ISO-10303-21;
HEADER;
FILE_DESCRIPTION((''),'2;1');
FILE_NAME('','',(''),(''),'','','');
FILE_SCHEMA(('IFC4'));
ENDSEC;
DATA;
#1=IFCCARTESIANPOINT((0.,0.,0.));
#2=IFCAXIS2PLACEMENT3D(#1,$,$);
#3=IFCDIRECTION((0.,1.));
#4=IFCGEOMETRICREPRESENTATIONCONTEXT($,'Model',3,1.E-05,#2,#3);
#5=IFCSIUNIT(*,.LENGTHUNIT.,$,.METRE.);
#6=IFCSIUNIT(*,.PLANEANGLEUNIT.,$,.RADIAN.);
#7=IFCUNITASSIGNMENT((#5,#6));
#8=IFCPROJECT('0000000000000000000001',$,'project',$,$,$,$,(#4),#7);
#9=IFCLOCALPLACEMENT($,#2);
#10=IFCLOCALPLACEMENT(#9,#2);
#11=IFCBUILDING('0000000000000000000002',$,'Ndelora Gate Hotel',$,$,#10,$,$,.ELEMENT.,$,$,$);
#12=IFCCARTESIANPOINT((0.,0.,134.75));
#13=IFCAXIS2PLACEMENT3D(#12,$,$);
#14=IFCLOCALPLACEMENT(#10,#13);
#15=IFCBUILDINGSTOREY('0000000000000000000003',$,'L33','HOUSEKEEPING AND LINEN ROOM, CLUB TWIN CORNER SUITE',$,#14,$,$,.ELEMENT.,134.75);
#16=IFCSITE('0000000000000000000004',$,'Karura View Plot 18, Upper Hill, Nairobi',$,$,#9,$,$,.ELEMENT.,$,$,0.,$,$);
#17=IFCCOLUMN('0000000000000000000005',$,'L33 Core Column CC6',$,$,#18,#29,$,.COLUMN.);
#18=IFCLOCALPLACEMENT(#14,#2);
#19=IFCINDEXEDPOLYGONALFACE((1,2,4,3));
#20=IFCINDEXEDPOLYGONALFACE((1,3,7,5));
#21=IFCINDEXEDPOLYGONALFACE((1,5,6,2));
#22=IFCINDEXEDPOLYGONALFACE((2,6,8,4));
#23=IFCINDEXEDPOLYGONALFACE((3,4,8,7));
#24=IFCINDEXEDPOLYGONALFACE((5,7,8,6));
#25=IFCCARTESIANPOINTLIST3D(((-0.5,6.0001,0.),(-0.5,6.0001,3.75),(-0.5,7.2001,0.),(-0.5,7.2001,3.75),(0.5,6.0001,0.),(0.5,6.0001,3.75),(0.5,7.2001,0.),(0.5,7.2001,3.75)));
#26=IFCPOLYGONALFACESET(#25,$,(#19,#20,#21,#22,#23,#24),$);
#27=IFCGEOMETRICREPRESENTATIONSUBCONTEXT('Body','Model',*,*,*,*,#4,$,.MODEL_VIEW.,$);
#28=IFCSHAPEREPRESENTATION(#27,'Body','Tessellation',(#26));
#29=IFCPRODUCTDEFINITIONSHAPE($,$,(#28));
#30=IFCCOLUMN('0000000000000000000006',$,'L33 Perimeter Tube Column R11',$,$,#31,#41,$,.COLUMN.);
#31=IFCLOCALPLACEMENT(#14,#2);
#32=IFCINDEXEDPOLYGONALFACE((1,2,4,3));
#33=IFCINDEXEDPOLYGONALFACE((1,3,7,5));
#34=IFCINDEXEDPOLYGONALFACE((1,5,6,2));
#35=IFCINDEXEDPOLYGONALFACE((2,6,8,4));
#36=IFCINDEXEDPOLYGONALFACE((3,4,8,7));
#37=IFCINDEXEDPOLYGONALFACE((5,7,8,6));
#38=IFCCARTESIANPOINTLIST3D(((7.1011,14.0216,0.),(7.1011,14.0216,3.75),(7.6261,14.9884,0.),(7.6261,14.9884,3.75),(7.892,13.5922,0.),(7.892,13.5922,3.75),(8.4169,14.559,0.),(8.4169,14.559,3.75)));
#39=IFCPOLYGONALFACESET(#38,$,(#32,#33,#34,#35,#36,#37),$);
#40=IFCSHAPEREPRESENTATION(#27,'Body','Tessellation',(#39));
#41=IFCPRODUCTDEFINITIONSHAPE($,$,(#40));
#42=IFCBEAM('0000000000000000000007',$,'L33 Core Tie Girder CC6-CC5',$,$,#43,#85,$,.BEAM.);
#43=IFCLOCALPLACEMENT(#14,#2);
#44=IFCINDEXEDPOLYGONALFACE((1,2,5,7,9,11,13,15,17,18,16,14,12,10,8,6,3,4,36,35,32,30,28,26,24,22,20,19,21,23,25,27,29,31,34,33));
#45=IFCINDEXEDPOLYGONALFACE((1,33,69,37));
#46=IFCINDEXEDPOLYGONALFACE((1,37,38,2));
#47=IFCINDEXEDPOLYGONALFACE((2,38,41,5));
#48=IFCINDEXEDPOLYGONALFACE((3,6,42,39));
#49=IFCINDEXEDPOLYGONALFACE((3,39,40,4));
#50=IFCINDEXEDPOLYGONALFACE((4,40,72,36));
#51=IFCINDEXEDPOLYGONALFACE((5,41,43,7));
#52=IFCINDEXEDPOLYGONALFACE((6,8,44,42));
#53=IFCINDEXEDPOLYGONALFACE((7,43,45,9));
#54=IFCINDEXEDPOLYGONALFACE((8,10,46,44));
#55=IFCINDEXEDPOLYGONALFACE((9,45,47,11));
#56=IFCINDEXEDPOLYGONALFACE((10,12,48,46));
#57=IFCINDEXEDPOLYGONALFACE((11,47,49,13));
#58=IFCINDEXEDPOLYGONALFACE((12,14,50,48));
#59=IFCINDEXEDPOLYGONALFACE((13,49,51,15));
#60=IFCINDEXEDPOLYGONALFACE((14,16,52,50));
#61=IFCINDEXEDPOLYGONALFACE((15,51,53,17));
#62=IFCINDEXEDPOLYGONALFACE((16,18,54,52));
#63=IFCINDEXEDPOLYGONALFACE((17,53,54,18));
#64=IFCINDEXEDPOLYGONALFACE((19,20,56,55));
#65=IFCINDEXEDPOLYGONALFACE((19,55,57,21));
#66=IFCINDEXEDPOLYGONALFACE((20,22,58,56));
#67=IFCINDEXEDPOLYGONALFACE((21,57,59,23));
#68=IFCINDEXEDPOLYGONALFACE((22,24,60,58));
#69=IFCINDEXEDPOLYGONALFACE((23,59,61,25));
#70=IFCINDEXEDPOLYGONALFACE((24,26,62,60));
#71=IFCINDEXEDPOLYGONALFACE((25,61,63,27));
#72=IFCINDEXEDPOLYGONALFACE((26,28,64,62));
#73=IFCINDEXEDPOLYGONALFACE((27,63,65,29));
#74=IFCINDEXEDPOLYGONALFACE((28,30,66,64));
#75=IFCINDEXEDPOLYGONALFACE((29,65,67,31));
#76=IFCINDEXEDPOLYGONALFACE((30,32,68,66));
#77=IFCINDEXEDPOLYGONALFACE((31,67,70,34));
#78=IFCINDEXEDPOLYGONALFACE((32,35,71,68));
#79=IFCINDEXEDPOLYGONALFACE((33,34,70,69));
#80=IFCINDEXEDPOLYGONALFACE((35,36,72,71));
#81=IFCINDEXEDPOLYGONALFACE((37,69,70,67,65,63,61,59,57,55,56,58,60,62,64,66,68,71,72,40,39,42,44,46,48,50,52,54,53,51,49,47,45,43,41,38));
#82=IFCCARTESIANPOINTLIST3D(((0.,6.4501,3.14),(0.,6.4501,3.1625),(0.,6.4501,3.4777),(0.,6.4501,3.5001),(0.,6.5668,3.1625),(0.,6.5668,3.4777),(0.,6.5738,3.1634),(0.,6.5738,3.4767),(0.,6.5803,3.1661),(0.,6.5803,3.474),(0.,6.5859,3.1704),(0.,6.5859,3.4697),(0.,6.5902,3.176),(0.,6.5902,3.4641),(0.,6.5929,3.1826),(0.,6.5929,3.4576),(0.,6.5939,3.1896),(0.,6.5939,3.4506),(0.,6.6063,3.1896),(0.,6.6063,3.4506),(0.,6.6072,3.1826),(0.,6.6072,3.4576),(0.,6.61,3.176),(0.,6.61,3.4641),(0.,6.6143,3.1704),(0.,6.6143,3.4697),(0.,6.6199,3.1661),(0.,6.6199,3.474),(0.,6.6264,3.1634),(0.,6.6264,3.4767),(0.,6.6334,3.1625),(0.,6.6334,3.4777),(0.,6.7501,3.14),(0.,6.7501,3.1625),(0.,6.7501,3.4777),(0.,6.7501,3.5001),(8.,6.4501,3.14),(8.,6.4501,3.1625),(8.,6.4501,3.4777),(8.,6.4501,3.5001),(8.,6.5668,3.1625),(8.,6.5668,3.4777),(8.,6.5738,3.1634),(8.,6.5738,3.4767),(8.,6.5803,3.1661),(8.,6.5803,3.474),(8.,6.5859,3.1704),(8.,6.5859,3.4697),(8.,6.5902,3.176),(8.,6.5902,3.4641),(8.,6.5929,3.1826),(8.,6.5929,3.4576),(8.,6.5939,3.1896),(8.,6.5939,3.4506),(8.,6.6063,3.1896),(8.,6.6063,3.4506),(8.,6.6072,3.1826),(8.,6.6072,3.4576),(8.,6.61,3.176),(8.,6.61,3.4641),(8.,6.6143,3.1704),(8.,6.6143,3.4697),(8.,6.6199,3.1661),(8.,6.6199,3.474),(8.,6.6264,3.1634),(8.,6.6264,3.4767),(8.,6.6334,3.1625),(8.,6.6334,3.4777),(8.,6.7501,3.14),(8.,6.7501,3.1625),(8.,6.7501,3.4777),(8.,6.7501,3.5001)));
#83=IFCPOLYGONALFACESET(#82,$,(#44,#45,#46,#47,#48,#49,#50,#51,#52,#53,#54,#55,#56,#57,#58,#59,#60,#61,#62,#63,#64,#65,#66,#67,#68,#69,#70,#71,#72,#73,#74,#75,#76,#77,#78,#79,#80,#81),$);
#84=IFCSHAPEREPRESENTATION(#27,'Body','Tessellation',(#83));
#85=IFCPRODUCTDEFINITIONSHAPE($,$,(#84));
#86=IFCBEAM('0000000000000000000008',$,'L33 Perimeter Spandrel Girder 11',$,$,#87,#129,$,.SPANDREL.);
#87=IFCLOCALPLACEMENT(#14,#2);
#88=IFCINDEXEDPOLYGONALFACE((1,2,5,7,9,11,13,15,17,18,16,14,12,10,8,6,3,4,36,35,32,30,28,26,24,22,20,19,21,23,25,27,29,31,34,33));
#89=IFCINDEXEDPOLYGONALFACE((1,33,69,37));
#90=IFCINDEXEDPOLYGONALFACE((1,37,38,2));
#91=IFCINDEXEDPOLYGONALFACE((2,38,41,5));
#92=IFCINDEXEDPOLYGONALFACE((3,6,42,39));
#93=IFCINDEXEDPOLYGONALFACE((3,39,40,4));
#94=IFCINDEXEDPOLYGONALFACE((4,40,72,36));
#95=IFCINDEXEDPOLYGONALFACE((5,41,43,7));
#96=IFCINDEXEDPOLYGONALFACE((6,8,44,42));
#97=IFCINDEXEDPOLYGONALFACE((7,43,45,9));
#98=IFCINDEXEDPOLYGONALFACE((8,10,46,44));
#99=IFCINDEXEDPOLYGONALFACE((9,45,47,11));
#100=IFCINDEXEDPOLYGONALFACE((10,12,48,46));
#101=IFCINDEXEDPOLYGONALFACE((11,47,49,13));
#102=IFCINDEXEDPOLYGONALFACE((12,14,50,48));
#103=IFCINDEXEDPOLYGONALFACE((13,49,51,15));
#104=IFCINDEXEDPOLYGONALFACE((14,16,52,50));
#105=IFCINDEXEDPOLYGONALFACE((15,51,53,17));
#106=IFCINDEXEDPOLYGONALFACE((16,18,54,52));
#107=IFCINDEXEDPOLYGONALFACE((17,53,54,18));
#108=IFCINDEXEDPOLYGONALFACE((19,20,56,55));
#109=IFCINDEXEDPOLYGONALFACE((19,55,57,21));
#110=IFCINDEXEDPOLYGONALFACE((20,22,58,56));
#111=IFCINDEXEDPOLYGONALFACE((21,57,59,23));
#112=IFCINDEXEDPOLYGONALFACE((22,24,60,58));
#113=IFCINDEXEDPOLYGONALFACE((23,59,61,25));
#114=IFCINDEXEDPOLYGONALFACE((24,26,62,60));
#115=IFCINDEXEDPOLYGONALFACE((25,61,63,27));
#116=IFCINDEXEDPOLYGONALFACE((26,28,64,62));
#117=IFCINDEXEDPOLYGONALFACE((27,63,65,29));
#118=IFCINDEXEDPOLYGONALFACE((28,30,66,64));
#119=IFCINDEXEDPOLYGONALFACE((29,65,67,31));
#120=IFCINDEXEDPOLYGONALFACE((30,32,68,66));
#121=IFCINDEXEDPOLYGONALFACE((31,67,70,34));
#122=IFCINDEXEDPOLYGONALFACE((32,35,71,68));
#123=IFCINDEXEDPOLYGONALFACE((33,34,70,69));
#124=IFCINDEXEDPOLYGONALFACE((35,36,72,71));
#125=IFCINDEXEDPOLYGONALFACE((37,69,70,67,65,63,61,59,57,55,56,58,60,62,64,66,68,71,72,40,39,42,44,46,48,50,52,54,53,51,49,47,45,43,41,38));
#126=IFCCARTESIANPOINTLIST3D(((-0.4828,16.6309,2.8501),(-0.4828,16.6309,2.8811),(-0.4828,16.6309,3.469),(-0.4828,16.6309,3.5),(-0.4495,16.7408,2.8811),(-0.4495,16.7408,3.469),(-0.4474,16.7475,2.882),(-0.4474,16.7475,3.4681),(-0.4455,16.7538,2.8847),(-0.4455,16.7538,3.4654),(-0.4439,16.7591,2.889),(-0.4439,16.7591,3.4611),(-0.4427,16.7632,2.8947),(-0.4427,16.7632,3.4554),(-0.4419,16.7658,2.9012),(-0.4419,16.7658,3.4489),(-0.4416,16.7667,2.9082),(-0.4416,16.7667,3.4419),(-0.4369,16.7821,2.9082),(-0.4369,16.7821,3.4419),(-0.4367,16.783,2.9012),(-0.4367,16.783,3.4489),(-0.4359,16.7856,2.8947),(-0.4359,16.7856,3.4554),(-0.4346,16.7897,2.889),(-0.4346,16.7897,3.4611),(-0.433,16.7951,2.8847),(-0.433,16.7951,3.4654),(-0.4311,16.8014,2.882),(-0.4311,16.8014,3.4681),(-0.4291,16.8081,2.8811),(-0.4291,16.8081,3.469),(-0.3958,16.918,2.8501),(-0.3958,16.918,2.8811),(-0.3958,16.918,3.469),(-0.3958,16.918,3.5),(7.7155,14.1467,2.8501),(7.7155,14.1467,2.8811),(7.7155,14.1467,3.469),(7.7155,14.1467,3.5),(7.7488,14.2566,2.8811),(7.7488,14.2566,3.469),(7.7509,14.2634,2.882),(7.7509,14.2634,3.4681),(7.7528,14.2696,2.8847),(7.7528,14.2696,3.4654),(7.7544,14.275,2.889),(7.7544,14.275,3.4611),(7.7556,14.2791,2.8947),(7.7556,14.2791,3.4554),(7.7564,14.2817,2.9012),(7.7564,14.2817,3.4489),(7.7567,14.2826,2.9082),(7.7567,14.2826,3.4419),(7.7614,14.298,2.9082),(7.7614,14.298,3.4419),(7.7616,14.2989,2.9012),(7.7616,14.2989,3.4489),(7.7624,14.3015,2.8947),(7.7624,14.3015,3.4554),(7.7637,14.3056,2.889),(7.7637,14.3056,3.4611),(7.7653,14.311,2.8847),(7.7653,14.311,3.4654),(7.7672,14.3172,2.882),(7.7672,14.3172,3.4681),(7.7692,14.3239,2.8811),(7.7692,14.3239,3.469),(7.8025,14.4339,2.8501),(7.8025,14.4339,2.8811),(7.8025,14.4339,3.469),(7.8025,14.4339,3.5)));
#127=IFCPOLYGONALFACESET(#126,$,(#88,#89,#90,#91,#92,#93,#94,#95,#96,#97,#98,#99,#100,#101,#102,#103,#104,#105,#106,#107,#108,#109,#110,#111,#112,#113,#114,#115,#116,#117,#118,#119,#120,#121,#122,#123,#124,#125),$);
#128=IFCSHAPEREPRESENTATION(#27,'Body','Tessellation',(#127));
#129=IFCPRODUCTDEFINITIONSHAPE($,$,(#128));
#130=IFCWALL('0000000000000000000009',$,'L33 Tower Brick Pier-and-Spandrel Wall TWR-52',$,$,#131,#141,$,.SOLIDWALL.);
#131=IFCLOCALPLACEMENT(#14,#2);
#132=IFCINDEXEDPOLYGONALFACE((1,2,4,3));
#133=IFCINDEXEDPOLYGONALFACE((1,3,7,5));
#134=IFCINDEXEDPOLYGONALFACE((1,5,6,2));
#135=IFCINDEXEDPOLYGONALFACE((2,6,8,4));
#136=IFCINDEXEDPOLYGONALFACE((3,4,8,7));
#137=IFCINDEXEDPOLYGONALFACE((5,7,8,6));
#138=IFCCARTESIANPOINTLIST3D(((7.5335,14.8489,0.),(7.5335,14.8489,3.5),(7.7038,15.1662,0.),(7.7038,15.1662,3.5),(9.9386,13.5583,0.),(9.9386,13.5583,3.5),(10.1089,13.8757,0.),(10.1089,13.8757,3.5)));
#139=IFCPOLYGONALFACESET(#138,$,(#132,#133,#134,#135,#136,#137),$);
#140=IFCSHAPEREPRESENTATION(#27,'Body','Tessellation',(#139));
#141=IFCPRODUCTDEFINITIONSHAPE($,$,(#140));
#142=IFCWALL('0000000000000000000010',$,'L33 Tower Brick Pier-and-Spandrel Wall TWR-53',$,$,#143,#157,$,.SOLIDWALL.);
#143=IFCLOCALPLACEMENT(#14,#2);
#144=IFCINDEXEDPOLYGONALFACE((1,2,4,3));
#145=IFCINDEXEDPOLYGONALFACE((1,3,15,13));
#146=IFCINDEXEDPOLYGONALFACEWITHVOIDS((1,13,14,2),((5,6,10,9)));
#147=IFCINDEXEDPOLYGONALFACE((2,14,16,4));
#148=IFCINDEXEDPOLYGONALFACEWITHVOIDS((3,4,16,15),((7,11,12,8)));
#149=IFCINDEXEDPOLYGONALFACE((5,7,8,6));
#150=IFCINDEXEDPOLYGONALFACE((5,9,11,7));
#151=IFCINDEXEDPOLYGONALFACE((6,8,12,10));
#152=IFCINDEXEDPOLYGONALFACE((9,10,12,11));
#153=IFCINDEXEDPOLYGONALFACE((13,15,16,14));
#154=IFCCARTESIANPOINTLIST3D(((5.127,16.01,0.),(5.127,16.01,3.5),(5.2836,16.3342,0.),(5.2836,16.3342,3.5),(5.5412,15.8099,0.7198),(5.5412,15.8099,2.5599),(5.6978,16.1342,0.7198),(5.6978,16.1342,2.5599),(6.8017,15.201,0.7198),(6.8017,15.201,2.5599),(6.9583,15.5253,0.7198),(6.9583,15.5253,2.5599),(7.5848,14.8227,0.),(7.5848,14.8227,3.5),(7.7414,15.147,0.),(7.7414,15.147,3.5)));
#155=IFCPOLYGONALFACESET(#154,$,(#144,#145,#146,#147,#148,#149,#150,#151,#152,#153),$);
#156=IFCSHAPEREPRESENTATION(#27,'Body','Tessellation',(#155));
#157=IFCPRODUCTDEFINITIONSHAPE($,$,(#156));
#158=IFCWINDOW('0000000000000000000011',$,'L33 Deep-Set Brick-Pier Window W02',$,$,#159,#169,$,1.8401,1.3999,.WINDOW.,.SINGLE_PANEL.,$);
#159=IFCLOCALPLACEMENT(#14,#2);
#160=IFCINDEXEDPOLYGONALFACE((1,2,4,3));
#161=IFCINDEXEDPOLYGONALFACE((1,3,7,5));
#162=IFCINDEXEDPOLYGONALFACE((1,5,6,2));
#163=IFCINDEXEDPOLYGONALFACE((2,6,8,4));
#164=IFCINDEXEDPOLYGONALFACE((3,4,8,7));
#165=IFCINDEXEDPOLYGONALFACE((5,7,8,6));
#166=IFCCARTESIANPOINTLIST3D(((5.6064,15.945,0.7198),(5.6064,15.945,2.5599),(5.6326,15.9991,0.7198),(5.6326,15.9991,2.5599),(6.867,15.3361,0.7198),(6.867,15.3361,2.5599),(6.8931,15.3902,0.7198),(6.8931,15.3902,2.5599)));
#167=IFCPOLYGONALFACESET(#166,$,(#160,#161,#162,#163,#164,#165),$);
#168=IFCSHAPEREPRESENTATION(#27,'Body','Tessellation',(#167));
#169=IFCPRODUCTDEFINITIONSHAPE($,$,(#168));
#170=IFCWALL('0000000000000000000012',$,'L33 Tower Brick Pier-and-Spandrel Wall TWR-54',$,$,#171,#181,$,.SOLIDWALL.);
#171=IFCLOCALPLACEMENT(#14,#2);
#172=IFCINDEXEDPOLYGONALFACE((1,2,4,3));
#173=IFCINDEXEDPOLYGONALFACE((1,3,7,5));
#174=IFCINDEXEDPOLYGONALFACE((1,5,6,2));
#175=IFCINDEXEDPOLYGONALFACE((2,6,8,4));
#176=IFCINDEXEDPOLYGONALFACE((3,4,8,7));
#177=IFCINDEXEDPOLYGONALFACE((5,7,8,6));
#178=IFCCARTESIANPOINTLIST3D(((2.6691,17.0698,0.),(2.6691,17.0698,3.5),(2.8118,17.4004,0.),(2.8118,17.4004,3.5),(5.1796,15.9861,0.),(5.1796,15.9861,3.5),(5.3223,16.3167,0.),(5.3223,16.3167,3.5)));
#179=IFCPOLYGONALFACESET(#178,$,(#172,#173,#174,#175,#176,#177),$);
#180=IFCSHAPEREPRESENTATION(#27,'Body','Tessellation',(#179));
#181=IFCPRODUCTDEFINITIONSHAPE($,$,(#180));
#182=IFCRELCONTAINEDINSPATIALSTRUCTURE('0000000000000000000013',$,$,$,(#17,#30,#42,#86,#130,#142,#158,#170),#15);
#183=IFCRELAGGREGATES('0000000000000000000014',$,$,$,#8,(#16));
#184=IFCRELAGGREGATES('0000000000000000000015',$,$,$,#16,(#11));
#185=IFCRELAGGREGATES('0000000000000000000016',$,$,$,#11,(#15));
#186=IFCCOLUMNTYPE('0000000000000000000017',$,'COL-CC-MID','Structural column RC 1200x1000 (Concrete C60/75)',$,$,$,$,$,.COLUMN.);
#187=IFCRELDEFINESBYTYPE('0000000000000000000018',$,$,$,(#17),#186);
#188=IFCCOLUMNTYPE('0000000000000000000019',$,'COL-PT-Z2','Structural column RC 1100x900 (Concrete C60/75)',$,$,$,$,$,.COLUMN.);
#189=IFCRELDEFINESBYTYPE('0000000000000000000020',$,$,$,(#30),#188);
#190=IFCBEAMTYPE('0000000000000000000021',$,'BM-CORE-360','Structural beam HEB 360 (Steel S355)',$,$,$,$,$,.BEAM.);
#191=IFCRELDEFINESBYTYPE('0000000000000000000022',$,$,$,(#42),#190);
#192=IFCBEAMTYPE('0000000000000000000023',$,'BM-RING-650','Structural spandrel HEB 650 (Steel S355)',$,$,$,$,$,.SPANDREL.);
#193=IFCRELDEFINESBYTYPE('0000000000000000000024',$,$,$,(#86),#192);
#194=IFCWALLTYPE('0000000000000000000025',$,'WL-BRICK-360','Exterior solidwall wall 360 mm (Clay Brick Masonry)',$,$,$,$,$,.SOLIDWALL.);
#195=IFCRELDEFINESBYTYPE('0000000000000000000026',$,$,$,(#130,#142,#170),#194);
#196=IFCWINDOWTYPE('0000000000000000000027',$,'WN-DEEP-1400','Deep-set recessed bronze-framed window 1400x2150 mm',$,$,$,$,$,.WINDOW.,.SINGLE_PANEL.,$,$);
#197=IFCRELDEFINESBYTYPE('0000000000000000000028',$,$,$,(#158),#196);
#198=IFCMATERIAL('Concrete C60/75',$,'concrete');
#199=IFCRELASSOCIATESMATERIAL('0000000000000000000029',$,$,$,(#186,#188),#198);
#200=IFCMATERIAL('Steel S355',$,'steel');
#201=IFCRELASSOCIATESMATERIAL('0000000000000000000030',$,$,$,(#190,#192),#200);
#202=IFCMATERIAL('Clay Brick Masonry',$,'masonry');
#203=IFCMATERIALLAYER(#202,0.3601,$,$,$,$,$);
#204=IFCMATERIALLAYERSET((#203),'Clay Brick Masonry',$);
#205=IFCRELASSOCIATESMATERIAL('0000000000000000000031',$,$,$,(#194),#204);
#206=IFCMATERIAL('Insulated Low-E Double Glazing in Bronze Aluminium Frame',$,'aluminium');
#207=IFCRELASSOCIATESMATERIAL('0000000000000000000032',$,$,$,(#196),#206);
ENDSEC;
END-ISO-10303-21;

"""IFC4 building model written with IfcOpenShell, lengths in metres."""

from ifc_helpers import new_model, si_unit, direction, frame, frame_2d, origin, origin_2d, place, context, subcontext, project, spatial, rectangle, i_section, extrude, material, layer, layer_set, material_profile, profile_set, type_object, element, fill, save


model = new_model("IFC4")

# Units and contexts
model_context = context("Model", 3, precision=1e-05, world=origin(), true_north=direction((0.0, 1.0)))
body_context = subcontext(model_context, "Body", "Model", "MODEL_VIEW")
ifc_project = project(units=[si_unit("LENGTHUNIT", "METRE"), si_unit("PLANEANGLEUNIT", "RADIAN")], contexts=[model_context])

# Site, building, storey
site_placement = place(None, origin())
site = spatial("IfcSite", under=ifc_project, at=site_placement, Name="Karura View Plot 18, Upper Hill, Nairobi", CompositionType="ELEMENT", RefElevation=0.0)
building_placement = place(site_placement, origin())
building = spatial("IfcBuilding", under=site, at=building_placement, Name="Ndelora Gate Hotel", CompositionType="ELEMENT")
storey_placement = place(building_placement, frame((0.0, 0.0, 134.75)))
storey = spatial("IfcBuildingStorey", under=building, at=storey_placement, Name="L33", Description="HOUSEKEEPING AND LINEN ROOM, CLUB TWIN CORNER SUITE", CompositionType="ELEMENT", Elevation=134.75)

# Columns
ifc_material_1 = material(Name="Concrete C60/75", Category="concrete")
ifc_material_profile_1 = material_profile(ifc_material_1, rectangle(XDim=1.0, YDim=1.2, at=origin_2d()), Name="RC 1200x1000")
ifc_profile_set_1 = profile_set([ifc_material_profile_1], Name="Concrete C60/75")
column_type_1 = type_object("IfcColumnType", Name="COL-CC-MID", Description="Structural column RC 1200x1000 (Concrete C60/75)", PredefinedType="COLUMN", material=ifc_profile_set_1)
column_1_placement = place(storey_placement, frame((0.0, 6.6001, 0.0), z_axis=(0.0, 0.0, 1.0), x_axis=(1.0, 0.0, 0.0)))
element("IfcColumn", 1, at=column_1_placement, inside=storey, type_object=column_type_1, Name="L33 Core Column CC6", PredefinedType="COLUMN", context=body_context, shape_type="SweptSolid", body=[
    extrude(rectangle(XDim=1.0, YDim=1.2, at=origin_2d()), origin(), (0.0, 0.0, 1.0), 3.75),
])
ifc_material_profile_2 = material_profile(ifc_material_1, rectangle(XDim=0.8999, YDim=1.1001, at=origin_2d()), Name="RC 1100x900")
ifc_profile_set_2 = profile_set([ifc_material_profile_2], Name="Concrete C60/75")
column_type_2 = type_object("IfcColumnType", Name="COL-PT-Z2", Description="Structural column RC 1100x900 (Concrete C60/75)", PredefinedType="COLUMN", material=ifc_profile_set_2)
column_2_placement = place(storey_placement, frame((7.759, 14.2903, 0.0), z_axis=(0.0, 0.0, 1.0), x_axis=(-0.878817, 0.477159, 0.0)))
element("IfcColumn", 2, at=column_2_placement, inside=storey, type_object=column_type_2, Name="L33 Perimeter Tube Column R11", PredefinedType="COLUMN", context=body_context, shape_type="SweptSolid", body=[
    extrude(rectangle(XDim=0.8999, YDim=1.1001, at=origin_2d()), origin(), (0.0, 0.0, 1.0), 3.75),
])

# Beams
ifc_material_2 = material(Name="Steel S355", Category="steel")
ifc_material_profile_3 = material_profile(ifc_material_2, i_section(OverallWidth=0.3, OverallDepth=0.3601, WebThickness=0.0125, FlangeThickness=0.0225, FilletRadius=0.0271, at=origin_2d()), Name="HEB 360")
ifc_profile_set_3 = profile_set([ifc_material_profile_3], Name="Steel S355")
beam_type_1 = type_object("IfcBeamType", Name="BM-CORE-360", Description="Structural beam HEB 360 (Steel S355)", PredefinedType="BEAM", material=ifc_profile_set_3)
beam_1_placement = place(storey_placement, frame((0.0, 6.6001, 3.3201), z_axis=(1.0, 0.0, 0.0), x_axis=(0.0, 1.0, 0.0)))
element("IfcBeam", 3, at=beam_1_placement, inside=storey, type_object=beam_type_1, Name="L33 Core Tie Girder CC6-CC5", PredefinedType="BEAM", context=body_context, shape_type="SweptSolid", body=[
    extrude(i_section(OverallWidth=0.3, OverallDepth=0.3601, WebThickness=0.0125, FlangeThickness=0.0225, FilletRadius=0.0271, at=origin_2d()), origin(), (0.0, 0.0, 1.0), 8.0),
])
ifc_material_profile_4 = material_profile(ifc_material_2, i_section(OverallWidth=0.3, OverallDepth=0.6499, WebThickness=0.0161, FlangeThickness=0.031, FilletRadius=0.0271, at=origin_2d()), Name="HEB 650")
ifc_profile_set_4 = profile_set([ifc_material_profile_4], Name="Steel S355")
beam_type_2 = type_object("IfcBeamType", Name="BM-RING-650", Description="Structural spandrel HEB 650 (Steel S355)", PredefinedType="SPANDREL", material=ifc_profile_set_4)
beam_2_placement = place(storey_placement, frame((7.759, 14.2903, 3.175), z_axis=(-0.95703, 0.289988, 0.0), x_axis=(-0.289988, -0.95703, 0.0)))
element("IfcBeam", 4, at=beam_2_placement, inside=storey, type_object=beam_type_2, Name="L33 Perimeter Spandrel Girder 11", PredefinedType="SPANDREL", context=body_context, shape_type="SweptSolid", body=[
    extrude(i_section(OverallWidth=0.3, OverallDepth=0.6499, WebThickness=0.0161, FlangeThickness=0.031, FilletRadius=0.0271, at=origin_2d()), origin(), (0.0, 0.0, 1.0), 8.5664),
])

# Wall
ifc_material_3 = material(Name="Clay Brick Masonry", Category="masonry")
ifc_layer_1 = layer(ifc_material_3, 0.3601)
ifc_layer_set_1 = layer_set([ifc_layer_1], Name="Clay Brick Masonry")
wall_type_1 = type_object("IfcWallType", Name="WL-BRICK-360", Description="Exterior solidwall wall 360 mm (Clay Brick Masonry)", PredefinedType="SOLIDWALL", material=ifc_layer_set_1)
wall_1_placement = place(storey_placement, frame((7.6187, 15.0076, 0.0), z_axis=(0.0, 0.0, 1.0), x_axis=(0.881157, -0.472824, 0.0)))
element("IfcWall", 5, at=wall_1_placement, inside=storey, type_object=wall_type_1, Name="L33 Tower Brick Pier-and-Spandrel Wall TWR-52", PredefinedType="SOLIDWALL", context=body_context, shape_type="SweptSolid", body=[
    extrude(rectangle(XDim=2.7295, YDim=0.3601, at=frame_2d((1.3647, 0.0))), origin(), (0.0, 0.0, 1.0), 3.5),
])

# Wall, opening, window
wall_2_placement = place(storey_placement, frame((5.2053, 16.1721, 0.0), z_axis=(0.0, 0.0, 1.0), x_axis=(0.900444, -0.434972, 0.0)))
wall_2 = element("IfcWall", 6, at=wall_2_placement, inside=storey, type_object=wall_type_1, Name="L33 Tower Brick Pier-and-Spandrel Wall TWR-53", PredefinedType="SOLIDWALL", context=body_context, shape_type="SweptSolid", body=[
    extrude(rectangle(XDim=2.7295, YDim=0.3601, at=frame_2d((1.3647, 0.0))), origin(), (0.0, 0.0, 1.0), 3.5),
])
opening_1_placement = place(wall_2_placement, frame((0.46, 0.0, 0.72)))
opening_1 = element("IfcOpeningElement", 7, at=opening_1_placement, cuts=wall_2, PredefinedType="OPENING", context=body_context, shape_type="SweptSolid", body=[
    extrude(rectangle(XDim=1.3999, YDim=1.8401, at=frame_2d((0.7, 0.9199))), frame((0.0, 0.1899, 0.0), z_axis=(0.0, -1.0, 0.0), x_axis=(1.0, 0.0, 0.0)), (0.0, 0.0, 1.0), 0.3801),
])
ifc_material_4 = material(Name="Insulated Low-E Double Glazing in Bronze Aluminium Frame", Category="aluminium")
window_type = type_object("IfcWindowType", Name="WN-DEEP-1400", Description="Deep-set recessed bronze-framed window 1400x2150 mm", PartitioningType="SINGLE_PANEL", PredefinedType="WINDOW", material=ifc_material_4)
window_1_placement = place(opening_1_placement, origin())
window_1 = element("IfcWindow", 8, at=window_1_placement, inside=storey, type_object=window_type, Name="L33 Deep-Set Brick-Pier Window W02", OverallHeight=1.8401, OverallWidth=1.3999, PartitioningType="SINGLE_PANEL", PredefinedType="WINDOW", context=body_context, shape_type="SweptSolid", body=[
    extrude(rectangle(XDim=1.3999, YDim=1.8401, at=frame_2d((0.7, 0.9199))), frame((0.0, 0.03, 0.0), z_axis=(0.0, -1.0, 0.0), x_axis=(1.0, 0.0, 0.0)), (0.0, 0.0, 1.0), 0.0601),
])
fill(opening_1, window_1)

# Wall
wall_3_placement = place(storey_placement, frame((2.7405, 17.2351, 0.0), z_axis=(0.0, 0.0, 1.0), x_axis=(0.918107, -0.396332, 0.0)))
element("IfcWall", 9, at=wall_3_placement, inside=storey, type_object=wall_type_1, Name="L33 Tower Brick Pier-and-Spandrel Wall TWR-54", PredefinedType="SOLIDWALL", context=body_context, shape_type="SweptSolid", body=[
    extrude(rectangle(XDim=2.7344, YDim=0.3601, at=frame_2d((1.3672, 0.0))), origin(), (0.0, 0.0, 1.0), 3.5),
])

save(model, "model.ifc")
